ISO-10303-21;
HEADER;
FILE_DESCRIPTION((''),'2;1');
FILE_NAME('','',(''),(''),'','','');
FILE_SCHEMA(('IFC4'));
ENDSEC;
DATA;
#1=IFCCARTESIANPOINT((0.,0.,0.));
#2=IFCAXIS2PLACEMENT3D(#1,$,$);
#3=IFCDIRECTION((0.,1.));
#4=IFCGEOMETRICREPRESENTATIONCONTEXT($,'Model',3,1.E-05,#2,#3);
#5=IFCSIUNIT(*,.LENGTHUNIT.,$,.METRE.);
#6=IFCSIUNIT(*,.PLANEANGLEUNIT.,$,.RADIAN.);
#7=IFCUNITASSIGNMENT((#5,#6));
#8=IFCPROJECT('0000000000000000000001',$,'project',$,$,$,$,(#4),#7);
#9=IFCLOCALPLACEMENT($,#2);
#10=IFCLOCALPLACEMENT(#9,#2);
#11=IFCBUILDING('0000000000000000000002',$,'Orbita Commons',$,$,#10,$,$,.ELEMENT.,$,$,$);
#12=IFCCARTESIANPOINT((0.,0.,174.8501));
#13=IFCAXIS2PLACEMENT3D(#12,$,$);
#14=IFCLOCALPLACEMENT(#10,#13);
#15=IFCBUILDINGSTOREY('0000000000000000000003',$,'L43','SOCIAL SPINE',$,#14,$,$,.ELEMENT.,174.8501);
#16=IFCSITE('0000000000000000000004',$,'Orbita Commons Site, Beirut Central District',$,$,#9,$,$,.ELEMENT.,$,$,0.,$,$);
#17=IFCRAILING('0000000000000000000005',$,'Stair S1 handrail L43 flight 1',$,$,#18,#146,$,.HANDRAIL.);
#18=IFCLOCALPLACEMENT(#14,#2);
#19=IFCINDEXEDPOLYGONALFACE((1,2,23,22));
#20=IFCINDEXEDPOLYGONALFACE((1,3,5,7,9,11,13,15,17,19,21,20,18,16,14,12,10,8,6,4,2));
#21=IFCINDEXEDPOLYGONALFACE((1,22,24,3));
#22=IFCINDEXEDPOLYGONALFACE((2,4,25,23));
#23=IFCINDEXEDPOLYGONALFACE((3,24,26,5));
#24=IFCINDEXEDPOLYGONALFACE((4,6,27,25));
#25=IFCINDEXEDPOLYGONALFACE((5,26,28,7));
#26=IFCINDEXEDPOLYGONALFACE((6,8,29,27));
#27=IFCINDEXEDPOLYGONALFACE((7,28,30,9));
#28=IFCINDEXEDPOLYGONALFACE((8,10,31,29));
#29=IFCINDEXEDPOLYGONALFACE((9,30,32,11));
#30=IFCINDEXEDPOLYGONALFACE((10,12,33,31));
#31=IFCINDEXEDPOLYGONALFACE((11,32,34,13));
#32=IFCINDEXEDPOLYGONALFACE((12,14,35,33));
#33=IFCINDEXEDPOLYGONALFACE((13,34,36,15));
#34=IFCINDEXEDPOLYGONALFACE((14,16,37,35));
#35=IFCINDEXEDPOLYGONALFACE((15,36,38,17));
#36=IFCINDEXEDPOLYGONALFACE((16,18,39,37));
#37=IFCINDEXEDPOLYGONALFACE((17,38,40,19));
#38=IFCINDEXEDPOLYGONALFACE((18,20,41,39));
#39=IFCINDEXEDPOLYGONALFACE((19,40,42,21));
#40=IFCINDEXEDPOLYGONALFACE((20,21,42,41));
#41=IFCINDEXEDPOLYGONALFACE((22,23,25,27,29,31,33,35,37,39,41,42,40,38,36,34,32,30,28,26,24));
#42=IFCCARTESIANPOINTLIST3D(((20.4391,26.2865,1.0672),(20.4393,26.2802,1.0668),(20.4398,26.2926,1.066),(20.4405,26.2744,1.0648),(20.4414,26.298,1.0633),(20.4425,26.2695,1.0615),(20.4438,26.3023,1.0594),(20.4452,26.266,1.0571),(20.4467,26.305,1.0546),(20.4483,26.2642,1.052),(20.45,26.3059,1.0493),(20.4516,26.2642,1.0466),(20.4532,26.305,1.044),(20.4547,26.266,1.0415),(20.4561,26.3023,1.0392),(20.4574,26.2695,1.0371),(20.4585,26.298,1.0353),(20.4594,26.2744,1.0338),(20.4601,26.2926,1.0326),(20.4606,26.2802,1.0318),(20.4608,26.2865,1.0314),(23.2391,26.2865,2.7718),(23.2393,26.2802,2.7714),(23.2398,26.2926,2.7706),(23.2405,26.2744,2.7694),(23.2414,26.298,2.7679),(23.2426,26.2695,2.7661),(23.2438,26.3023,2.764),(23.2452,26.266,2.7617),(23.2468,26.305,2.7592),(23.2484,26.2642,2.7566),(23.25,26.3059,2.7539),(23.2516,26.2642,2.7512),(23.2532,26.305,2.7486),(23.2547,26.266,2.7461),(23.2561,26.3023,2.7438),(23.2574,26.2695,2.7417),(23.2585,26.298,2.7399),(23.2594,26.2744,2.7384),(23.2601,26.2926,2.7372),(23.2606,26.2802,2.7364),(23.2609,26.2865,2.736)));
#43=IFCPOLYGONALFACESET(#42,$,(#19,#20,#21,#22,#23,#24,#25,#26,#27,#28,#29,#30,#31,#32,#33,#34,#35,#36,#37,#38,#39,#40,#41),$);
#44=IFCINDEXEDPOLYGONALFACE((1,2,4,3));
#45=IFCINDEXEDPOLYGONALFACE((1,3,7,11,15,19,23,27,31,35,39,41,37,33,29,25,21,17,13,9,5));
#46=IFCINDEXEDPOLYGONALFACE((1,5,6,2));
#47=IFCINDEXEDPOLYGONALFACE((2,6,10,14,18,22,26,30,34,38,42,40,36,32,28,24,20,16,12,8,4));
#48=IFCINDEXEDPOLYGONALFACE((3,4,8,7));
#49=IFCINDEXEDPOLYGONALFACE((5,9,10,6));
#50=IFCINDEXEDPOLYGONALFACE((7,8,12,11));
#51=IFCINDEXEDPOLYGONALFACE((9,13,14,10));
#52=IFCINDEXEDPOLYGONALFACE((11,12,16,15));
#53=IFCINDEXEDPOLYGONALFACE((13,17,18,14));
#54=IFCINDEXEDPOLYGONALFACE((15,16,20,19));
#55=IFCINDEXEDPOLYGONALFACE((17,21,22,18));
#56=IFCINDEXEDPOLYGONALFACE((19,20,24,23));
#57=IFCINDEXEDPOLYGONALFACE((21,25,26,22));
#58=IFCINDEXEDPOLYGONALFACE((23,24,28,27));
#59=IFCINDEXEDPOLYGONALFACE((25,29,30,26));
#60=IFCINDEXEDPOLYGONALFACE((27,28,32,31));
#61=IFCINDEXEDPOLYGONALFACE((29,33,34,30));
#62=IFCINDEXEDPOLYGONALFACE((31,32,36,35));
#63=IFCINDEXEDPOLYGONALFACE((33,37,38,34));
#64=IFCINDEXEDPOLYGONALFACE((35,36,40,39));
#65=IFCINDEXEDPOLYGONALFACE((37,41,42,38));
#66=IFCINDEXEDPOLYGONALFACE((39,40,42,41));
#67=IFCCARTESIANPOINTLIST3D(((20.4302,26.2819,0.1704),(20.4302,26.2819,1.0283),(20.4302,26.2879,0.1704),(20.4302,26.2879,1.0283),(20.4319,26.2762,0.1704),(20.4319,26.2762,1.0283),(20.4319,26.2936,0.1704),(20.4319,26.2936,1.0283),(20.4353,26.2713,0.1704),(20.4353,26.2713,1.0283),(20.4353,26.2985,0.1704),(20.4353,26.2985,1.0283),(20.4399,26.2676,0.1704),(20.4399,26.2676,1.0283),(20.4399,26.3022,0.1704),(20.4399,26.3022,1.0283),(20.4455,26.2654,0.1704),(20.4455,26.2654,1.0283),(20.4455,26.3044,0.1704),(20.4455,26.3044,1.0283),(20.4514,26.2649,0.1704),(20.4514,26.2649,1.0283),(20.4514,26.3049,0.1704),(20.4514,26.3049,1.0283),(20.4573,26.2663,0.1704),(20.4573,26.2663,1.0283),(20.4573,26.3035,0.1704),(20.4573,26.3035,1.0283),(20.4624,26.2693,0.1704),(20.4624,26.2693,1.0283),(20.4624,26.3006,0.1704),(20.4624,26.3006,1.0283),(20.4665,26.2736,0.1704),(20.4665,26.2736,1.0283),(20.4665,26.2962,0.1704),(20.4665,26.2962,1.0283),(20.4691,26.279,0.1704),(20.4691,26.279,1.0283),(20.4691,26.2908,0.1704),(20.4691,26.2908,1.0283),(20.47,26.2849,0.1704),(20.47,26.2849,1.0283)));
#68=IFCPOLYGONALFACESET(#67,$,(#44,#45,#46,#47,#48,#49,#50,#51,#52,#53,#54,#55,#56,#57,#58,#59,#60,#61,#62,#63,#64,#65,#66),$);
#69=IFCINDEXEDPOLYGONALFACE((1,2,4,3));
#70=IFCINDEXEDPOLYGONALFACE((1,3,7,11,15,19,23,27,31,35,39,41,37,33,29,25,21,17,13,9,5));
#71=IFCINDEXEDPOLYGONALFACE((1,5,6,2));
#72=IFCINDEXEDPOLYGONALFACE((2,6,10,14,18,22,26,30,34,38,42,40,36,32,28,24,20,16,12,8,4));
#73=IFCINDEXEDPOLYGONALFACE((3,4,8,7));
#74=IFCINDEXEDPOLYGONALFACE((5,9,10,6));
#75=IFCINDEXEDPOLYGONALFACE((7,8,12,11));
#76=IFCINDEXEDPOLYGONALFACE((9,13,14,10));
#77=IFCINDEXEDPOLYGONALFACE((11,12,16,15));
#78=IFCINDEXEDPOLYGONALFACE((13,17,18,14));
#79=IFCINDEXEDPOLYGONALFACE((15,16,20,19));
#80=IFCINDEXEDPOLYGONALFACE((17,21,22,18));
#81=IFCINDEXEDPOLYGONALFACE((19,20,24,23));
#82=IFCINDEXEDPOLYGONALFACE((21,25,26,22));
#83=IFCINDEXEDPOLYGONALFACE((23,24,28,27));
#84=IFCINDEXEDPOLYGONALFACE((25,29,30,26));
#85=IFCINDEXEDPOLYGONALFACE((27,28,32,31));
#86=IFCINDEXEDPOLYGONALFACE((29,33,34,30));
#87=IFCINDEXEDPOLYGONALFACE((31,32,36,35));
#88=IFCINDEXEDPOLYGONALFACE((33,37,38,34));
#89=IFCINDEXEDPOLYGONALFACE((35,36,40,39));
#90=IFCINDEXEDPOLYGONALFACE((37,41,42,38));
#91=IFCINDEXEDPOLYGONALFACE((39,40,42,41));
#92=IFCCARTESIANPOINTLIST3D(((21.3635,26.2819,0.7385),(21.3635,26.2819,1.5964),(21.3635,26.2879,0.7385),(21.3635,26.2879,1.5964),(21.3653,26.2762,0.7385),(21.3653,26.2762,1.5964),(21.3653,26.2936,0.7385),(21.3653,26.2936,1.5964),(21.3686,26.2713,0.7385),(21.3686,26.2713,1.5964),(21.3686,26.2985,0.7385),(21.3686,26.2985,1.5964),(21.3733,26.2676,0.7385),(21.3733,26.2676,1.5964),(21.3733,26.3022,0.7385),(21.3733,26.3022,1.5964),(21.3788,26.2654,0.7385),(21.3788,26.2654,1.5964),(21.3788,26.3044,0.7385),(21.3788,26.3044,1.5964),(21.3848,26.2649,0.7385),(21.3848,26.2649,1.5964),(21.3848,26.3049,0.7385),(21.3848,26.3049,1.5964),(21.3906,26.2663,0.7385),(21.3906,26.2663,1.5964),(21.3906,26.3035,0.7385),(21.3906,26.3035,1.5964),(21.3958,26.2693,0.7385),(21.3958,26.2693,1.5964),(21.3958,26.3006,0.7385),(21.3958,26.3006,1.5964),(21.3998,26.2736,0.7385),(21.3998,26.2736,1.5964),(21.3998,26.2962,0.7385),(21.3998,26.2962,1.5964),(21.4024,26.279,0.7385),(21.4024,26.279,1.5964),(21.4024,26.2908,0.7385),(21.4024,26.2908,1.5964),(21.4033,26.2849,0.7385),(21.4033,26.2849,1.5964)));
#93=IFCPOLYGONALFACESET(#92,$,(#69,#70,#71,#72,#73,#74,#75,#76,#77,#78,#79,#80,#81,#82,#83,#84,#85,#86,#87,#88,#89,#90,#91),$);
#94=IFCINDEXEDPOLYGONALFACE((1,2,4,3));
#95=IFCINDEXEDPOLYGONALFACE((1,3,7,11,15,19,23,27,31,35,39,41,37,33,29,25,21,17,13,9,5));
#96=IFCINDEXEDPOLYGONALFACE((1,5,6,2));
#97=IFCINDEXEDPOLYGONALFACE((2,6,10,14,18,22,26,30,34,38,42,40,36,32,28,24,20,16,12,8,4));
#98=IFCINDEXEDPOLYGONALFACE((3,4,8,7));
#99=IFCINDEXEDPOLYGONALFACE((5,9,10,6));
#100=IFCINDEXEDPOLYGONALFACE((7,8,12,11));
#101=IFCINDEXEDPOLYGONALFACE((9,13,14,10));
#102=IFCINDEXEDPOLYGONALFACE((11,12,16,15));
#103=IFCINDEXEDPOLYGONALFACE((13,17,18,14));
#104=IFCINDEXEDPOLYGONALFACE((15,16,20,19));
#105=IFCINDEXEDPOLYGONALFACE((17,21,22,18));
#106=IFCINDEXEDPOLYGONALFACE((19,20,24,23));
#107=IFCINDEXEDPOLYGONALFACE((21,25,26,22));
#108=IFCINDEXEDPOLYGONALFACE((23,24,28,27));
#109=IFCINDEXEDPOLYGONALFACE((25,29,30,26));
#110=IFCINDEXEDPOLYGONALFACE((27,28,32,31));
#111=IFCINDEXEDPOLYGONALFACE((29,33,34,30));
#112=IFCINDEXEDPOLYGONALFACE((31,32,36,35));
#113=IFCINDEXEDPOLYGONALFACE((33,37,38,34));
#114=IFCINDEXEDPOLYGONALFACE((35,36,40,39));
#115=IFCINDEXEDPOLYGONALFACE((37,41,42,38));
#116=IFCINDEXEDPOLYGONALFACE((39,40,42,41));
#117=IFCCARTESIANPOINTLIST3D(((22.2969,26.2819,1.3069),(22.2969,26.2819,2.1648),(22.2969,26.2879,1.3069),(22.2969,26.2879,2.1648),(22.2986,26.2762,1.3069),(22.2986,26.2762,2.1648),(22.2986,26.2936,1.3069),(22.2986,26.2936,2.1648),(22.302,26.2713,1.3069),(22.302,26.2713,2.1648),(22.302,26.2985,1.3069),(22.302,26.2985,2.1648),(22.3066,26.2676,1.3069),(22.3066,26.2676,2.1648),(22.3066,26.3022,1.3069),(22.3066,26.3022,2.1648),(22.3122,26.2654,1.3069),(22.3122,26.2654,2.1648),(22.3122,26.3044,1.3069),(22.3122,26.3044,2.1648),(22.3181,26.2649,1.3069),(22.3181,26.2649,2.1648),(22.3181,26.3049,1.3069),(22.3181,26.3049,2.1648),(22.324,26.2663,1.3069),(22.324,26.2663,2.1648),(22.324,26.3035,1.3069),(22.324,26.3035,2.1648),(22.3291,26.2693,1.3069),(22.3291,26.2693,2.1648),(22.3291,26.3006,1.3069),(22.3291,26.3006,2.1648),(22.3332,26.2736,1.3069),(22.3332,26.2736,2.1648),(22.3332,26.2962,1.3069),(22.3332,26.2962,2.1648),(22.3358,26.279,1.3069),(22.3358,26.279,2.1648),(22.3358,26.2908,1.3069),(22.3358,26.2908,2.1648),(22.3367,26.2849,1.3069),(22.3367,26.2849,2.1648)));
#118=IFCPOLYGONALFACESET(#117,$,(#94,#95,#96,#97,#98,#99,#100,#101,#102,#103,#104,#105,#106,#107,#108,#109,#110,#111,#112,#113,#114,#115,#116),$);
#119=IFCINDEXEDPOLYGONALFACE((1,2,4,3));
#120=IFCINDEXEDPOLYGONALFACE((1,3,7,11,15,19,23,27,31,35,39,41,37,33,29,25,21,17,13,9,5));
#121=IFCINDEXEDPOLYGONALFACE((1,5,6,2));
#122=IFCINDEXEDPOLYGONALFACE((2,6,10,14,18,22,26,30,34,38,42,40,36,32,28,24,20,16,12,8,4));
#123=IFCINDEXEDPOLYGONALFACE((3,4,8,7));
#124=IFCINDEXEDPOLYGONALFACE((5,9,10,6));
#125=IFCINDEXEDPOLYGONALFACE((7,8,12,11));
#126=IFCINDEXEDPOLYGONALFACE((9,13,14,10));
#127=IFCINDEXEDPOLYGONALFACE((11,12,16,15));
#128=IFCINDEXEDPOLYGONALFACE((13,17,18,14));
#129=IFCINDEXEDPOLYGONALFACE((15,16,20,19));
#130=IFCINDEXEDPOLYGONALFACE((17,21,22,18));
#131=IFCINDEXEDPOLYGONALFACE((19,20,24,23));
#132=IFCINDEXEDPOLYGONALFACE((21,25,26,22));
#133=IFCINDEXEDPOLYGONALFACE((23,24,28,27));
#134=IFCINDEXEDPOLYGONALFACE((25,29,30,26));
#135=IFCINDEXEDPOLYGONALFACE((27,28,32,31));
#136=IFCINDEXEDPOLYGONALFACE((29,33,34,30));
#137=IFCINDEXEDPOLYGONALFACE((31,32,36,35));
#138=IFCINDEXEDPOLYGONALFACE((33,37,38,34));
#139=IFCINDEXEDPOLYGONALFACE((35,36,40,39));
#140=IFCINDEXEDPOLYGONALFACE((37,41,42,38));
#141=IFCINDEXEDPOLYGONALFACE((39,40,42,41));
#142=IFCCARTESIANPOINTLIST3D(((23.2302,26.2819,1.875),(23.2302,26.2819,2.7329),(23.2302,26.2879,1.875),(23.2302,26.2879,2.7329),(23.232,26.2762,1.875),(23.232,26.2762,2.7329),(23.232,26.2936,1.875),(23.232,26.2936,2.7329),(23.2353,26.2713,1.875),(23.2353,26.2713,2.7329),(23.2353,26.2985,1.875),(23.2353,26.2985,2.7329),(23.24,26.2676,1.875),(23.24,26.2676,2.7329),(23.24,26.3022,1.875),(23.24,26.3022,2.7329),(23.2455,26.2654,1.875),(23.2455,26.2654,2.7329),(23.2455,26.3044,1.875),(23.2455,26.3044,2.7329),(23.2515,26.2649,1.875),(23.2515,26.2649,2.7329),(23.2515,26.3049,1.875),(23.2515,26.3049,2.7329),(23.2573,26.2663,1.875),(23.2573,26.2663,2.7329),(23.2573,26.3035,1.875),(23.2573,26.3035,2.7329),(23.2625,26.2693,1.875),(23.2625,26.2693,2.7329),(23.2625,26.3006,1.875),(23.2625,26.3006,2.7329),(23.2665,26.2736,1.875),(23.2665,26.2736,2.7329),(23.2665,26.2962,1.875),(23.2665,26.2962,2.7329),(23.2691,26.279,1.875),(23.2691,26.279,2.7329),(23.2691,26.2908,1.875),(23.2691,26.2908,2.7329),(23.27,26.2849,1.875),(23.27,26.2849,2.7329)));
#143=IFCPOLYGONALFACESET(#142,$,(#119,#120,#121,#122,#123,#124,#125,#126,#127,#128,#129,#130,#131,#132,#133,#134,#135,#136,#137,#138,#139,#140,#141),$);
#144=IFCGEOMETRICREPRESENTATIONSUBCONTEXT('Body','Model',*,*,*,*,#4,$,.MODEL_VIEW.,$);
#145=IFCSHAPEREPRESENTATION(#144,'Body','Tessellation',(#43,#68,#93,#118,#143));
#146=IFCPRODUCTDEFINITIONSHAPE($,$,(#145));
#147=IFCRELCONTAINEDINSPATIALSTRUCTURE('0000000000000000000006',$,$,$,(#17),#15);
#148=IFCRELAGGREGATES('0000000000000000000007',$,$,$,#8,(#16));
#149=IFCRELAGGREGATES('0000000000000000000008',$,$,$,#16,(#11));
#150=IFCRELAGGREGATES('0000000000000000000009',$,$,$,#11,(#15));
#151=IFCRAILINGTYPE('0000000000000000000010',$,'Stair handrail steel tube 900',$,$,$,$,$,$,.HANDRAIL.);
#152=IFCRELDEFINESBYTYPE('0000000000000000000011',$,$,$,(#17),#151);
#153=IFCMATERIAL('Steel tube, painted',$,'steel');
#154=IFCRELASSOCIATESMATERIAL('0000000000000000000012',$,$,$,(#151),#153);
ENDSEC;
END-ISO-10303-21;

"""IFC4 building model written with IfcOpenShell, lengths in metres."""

from ifc_helpers import new_model, si_unit, direction, frame, origin, origin_2d, place, context, subcontext, project, spatial, circle, extrude, material, type_object, element, save


model = new_model("IFC4")

# Units and contexts
model_context = context("Model", 3, precision=1e-05, world=origin(), true_north=direction((0.0, 1.0)))
body_context = subcontext(model_context, "Body", "Model", "MODEL_VIEW")
ifc_project = project(units=[si_unit("LENGTHUNIT", "METRE"), si_unit("PLANEANGLEUNIT", "RADIAN")], contexts=[model_context])

# Site, building, storey
site_placement = place(None, origin())
site = spatial("IfcSite", under=ifc_project, at=site_placement, Name="Orbita Commons Site, Beirut Central District", CompositionType="ELEMENT", RefElevation=0.0)
building_placement = place(site_placement, origin())
building = spatial("IfcBuilding", under=site, at=building_placement, Name="Orbita Commons", CompositionType="ELEMENT")
storey_placement = place(building_placement, frame((0.0, 0.0, 174.8501)))
storey = spatial("IfcBuildingStorey", under=building, at=storey_placement, Name="L43", Description="SOCIAL SPINE", CompositionType="ELEMENT", Elevation=174.8501)

# Railing
ifc_material_1 = material(Name="Steel tube, painted", Category="steel")
railing_type = type_object("IfcRailingType", Name="Stair handrail steel tube 900", PredefinedType="HANDRAIL", material=ifc_material_1)
for number, where, name in (
    (1, (20.45, 26.2849, 0.1704), "Stair S1 handrail L43 flight 1"),
):
    element("IfcRailing", number, at=place(storey_placement, frame(where)), inside=storey, type_object=railing_type, Name=name, PredefinedType="HANDRAIL", context=body_context, shape_type="SweptSolid", body=[
        extrude(circle(Radius=0.021, at=origin_2d()), frame((0.0, 0.0, 0.8789), z_axis=(0.85417, 0.0, 0.519994), x_axis=(0.0, 1.0, 0.0)), (0.0, 0.0, 1.0), 3.2781),
        extrude(circle(Radius=0.02, at=origin_2d()), origin(), (0.0, 0.0, 1.0), 0.8579),
        extrude(circle(Radius=0.02, at=origin_2d()), frame((0.9333, 0.0, 0.5681)), (0.0, 0.0, 1.0), 0.8579),
        extrude(circle(Radius=0.02, at=origin_2d()), frame((1.8667, 0.0, 1.1365)), (0.0, 0.0, 1.0), 0.8579),
        extrude(circle(Radius=0.02, at=origin_2d()), frame((2.8, 0.0, 1.7046)), (0.0, 0.0, 1.0), 0.8579),
    ])

save(model, "model.ifc")
